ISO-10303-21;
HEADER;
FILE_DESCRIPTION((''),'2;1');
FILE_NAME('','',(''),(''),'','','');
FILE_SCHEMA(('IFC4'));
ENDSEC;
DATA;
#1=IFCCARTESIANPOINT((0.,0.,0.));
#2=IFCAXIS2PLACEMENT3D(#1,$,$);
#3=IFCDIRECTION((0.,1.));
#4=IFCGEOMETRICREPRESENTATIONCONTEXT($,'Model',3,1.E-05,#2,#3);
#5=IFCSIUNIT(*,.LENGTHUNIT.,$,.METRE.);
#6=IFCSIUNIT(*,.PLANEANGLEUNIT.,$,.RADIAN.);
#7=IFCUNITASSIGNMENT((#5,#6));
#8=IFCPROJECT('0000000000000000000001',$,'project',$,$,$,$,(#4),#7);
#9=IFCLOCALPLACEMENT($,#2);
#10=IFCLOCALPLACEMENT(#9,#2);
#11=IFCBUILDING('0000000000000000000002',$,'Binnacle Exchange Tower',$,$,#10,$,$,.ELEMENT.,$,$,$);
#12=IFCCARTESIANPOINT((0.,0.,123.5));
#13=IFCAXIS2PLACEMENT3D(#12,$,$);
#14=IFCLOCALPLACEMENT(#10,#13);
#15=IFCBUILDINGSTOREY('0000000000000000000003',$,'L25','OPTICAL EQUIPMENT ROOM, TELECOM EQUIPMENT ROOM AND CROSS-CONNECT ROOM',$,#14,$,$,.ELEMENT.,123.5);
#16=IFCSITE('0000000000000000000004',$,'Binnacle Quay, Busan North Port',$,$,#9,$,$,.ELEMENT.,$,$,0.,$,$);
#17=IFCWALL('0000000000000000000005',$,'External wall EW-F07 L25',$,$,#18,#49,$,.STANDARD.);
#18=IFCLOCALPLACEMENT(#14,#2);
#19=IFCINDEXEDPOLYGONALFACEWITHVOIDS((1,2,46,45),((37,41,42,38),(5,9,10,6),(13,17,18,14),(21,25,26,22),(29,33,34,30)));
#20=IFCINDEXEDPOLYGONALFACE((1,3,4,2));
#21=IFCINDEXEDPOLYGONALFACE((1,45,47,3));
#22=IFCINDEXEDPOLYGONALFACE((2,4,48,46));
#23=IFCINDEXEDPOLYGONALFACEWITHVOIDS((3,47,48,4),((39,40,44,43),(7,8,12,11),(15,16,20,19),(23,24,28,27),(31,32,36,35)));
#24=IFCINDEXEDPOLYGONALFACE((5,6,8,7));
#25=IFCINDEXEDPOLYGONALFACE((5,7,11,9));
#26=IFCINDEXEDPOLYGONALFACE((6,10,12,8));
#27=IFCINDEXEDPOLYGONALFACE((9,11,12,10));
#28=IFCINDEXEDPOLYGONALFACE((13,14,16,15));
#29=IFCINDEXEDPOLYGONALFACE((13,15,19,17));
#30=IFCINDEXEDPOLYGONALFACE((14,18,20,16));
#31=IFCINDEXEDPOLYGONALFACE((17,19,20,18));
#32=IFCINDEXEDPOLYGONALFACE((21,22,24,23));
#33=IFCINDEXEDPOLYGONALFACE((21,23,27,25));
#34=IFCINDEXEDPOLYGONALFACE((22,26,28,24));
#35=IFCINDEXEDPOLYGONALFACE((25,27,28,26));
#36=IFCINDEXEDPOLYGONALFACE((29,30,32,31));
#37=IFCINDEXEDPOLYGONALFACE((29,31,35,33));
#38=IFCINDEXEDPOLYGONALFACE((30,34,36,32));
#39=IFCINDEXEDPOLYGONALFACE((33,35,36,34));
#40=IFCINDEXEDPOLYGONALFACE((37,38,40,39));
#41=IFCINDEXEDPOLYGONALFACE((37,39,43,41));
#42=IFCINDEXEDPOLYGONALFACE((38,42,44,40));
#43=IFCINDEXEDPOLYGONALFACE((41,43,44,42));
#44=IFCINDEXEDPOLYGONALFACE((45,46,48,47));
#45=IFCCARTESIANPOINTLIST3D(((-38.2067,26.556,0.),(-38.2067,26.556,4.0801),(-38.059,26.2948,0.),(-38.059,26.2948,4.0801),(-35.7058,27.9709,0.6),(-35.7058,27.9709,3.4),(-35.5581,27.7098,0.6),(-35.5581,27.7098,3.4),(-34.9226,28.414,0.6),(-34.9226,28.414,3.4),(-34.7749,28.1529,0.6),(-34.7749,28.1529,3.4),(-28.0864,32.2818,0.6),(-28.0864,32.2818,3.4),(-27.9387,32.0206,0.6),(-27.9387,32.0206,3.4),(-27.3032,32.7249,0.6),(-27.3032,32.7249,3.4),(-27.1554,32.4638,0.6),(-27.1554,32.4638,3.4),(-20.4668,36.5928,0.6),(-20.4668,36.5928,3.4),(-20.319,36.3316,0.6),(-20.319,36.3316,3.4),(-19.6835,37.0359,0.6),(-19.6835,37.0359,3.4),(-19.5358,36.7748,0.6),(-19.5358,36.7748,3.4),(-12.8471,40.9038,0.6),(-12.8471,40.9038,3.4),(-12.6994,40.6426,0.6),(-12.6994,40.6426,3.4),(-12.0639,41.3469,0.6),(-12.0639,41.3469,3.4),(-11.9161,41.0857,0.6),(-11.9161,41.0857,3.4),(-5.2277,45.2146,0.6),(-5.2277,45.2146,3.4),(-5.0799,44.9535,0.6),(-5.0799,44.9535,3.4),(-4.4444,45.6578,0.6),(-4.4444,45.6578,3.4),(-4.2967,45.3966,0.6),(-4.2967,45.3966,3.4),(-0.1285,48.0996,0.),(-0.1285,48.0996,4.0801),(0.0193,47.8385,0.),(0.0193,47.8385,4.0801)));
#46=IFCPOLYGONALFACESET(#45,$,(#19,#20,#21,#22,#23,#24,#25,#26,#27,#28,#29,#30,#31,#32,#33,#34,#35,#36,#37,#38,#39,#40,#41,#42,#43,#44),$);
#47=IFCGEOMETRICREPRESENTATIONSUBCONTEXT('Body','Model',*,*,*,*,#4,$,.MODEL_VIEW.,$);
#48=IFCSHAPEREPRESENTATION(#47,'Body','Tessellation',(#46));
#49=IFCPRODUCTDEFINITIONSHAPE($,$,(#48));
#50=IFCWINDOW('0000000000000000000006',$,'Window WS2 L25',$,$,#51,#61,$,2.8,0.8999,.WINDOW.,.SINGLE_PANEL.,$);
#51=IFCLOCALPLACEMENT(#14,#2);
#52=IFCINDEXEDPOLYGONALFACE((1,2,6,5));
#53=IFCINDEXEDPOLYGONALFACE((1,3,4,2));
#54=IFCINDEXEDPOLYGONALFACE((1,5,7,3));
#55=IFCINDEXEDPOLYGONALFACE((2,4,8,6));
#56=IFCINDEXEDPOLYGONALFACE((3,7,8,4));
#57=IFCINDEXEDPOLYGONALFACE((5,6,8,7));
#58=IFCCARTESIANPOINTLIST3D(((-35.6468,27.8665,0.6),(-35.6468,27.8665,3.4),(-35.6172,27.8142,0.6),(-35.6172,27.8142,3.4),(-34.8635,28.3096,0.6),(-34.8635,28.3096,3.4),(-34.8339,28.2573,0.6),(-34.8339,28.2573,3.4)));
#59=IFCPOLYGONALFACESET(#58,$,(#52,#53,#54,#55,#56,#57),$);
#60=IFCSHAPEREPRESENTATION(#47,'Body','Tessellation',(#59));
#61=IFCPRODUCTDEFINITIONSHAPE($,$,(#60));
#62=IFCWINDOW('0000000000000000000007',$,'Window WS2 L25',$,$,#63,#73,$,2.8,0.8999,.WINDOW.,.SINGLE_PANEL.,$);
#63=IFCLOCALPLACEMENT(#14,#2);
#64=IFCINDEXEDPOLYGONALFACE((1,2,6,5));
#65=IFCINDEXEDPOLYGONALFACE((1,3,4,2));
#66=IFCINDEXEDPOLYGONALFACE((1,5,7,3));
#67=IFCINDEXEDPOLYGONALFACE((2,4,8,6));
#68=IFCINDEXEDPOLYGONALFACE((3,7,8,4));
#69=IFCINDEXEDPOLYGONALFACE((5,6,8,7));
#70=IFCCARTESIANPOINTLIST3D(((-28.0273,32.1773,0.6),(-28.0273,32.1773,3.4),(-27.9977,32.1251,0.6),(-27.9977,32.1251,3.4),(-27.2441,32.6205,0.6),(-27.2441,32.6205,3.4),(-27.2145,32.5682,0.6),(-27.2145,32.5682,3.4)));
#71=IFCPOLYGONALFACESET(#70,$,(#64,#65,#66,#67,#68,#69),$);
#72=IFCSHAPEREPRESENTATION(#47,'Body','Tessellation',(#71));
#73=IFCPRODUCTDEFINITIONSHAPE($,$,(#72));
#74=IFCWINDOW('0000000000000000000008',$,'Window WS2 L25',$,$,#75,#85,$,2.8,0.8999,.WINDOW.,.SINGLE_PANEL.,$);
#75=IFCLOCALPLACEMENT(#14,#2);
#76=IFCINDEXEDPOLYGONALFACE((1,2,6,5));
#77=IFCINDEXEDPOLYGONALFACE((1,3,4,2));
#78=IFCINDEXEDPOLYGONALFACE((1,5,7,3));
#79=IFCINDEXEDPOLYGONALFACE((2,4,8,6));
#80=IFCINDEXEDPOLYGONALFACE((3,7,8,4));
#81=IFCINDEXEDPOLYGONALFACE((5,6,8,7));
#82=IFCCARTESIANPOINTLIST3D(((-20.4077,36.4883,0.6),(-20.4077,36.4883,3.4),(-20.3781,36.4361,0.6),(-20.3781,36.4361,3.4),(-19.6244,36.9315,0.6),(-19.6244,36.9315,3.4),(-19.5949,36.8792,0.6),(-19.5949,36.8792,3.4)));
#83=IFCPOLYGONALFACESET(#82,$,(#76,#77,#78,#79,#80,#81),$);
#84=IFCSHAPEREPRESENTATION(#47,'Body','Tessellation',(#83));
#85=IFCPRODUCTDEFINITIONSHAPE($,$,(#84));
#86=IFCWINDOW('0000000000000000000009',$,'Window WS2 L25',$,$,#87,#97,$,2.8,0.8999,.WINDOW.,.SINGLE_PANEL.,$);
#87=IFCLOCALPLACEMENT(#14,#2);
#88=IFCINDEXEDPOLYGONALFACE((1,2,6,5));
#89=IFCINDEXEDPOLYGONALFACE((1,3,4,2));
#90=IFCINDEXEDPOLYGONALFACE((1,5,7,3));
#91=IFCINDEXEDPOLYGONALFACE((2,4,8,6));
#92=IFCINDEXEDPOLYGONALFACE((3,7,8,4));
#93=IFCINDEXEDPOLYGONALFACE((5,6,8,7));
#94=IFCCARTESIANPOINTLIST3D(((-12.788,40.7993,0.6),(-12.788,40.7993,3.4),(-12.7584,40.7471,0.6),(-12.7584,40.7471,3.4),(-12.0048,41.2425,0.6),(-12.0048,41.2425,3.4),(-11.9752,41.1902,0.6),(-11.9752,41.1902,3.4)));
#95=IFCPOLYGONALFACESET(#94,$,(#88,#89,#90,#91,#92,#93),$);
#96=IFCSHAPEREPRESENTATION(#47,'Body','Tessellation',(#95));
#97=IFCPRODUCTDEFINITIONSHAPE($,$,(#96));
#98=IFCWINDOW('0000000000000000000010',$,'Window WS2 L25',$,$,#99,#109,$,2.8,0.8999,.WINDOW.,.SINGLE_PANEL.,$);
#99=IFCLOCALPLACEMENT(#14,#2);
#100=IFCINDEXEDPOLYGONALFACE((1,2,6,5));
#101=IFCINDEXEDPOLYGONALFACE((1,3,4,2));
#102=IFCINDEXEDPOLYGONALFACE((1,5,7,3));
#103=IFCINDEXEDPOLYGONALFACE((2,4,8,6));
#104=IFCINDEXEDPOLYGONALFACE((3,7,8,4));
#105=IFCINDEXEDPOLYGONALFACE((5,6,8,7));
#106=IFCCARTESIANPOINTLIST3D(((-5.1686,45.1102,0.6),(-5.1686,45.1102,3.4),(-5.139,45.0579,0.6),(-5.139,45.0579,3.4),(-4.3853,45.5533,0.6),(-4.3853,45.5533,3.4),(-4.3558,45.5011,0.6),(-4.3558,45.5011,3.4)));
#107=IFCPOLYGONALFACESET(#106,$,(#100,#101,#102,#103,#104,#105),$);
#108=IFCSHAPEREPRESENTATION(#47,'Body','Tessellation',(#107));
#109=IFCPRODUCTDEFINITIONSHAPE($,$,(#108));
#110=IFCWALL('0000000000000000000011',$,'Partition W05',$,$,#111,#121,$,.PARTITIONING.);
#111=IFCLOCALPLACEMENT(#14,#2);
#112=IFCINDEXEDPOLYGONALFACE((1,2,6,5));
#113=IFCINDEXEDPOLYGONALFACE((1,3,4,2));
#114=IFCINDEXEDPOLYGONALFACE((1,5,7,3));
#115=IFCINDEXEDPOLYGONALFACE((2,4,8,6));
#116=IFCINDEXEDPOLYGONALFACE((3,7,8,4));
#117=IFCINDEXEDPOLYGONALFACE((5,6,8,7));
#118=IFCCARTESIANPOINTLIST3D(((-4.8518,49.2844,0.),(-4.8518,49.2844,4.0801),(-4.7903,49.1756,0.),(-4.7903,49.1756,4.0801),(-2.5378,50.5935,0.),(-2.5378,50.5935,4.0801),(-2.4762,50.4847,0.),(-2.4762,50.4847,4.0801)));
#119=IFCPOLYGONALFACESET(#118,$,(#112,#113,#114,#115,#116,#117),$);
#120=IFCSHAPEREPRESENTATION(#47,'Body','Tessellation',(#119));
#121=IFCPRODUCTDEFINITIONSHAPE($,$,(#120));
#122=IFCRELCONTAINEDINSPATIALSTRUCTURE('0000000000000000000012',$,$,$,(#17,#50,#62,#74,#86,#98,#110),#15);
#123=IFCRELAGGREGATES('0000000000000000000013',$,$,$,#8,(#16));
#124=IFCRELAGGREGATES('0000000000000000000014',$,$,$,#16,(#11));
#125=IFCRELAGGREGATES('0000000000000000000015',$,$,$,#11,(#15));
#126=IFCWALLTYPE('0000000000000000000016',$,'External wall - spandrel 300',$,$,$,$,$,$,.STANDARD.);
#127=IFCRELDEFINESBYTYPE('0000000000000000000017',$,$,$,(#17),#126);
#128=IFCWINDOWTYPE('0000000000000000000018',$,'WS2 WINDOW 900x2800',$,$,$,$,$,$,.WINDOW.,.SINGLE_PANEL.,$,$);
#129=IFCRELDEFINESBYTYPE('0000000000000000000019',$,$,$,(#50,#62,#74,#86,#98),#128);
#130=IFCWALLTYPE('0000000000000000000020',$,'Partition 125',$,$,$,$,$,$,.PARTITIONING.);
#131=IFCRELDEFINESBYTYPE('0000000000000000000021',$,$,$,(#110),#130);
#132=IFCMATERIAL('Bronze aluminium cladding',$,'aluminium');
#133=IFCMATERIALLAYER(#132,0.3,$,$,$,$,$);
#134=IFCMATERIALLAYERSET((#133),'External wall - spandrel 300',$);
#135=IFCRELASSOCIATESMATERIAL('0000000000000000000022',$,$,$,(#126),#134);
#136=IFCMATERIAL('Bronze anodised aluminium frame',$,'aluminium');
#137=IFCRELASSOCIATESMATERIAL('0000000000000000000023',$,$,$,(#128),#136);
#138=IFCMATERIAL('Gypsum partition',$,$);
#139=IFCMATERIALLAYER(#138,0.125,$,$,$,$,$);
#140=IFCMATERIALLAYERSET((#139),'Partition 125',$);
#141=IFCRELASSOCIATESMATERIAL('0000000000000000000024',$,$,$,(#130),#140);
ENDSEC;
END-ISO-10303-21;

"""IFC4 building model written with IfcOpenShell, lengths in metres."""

from ifc_helpers import new_model, si_unit, direction, frame, frame_2d, origin, place, context, subcontext, project, spatial, rectangle, extrude, material, layer, layer_set, type_object, element, fill, save


model = new_model("IFC4")

# Units and contexts
model_context = context("Model", 3, precision=1e-05, world=origin(), true_north=direction((0.0, 1.0)))
body_context = subcontext(model_context, "Body", "Model", "MODEL_VIEW")
ifc_project = project(units=[si_unit("LENGTHUNIT", "METRE"), si_unit("PLANEANGLEUNIT", "RADIAN")], contexts=[model_context])

# Site, building, storey
site_placement = place(None, origin())
site = spatial("IfcSite", under=ifc_project, at=site_placement, Name="Binnacle Quay, Busan North Port", CompositionType="ELEMENT", RefElevation=0.0)
building_placement = place(site_placement, origin())
building = spatial("IfcBuilding", under=site, at=building_placement, Name="Binnacle Exchange Tower", CompositionType="ELEMENT")
storey_placement = place(building_placement, frame((0.0, 0.0, 123.5)))
storey = spatial("IfcBuildingStorey", under=building, at=storey_placement, Name="L25", Description="OPTICAL EQUIPMENT ROOM, TELECOM EQUIPMENT ROOM AND CROSS-CONNECT ROOM", CompositionType="ELEMENT", Elevation=123.5)

# Wall, openings, windows
ifc_material_1 = material(Name="Bronze aluminium cladding", Category="aluminium")
ifc_layer_1 = layer(ifc_material_1, 0.3)
ifc_layer_set_1 = layer_set([ifc_layer_1], Name="External wall - spandrel 300")
wall_type_1 = type_object("IfcWallType", Name="External wall - spandrel 300", PredefinedType="STANDARD", material=ifc_layer_set_1)
wall_1_placement = place(storey_placement, frame((-0.0547, 47.969, 0.0), z_axis=(0.0, 0.0, 1.0), x_axis=(-0.870356, -0.492423, 0.0)))
wall_1 = element("IfcWall", 1, at=wall_1_placement, inside=storey, type_object=wall_type_1, Name="External wall EW-F07 L25", PredefinedType="STANDARD", context=body_context, shape_type="SweptSolid", body=[
    extrude(rectangle(XDim=43.7502, YDim=0.3, at=frame_2d((21.875, 0.0))), origin(), (0.0, 0.0, 1.0), 4.0801),
])
opening_1_placement = place(wall_1_placement, frame((39.9768, 0.0, 0.6001)))
opening_1 = element("IfcOpeningElement", 2, at=opening_1_placement, cuts=wall_1, PredefinedType="OPENING", context=body_context, shape_type="SweptSolid", body=[
    extrude(rectangle(XDim=0.8999, YDim=2.8, at=frame_2d((0.45, 1.3999))), frame((0.0, 0.1599, 0.0), z_axis=(0.0, -1.0, 0.0), x_axis=(1.0, 0.0, 0.0)), (0.0, 0.0, 1.0), 0.3201),
])
opening_2_placement = place(wall_1_placement, frame((31.2224, 0.0, 0.6001)))
opening_2 = element("IfcOpeningElement", 3, at=opening_2_placement, cuts=wall_1, PredefinedType="OPENING", context=body_context, shape_type="SweptSolid", body=[
    extrude(rectangle(XDim=0.8999, YDim=2.8, at=frame_2d((0.45, 1.3999))), frame((0.0, 0.1599, 0.0), z_axis=(0.0, -1.0, 0.0), x_axis=(1.0, 0.0, 0.0)), (0.0, 0.0, 1.0), 0.3201),
])
opening_3_placement = place(wall_1_placement, frame((22.4678, 0.0, 0.6001)))
opening_3 = element("IfcOpeningElement", 4, at=opening_3_placement, cuts=wall_1, PredefinedType="OPENING", context=body_context, shape_type="SweptSolid", body=[
    extrude(rectangle(XDim=0.8999, YDim=2.8, at=frame_2d((0.45, 1.3999))), frame((0.0, 0.1599, 0.0), z_axis=(0.0, -1.0, 0.0), x_axis=(1.0, 0.0, 0.0)), (0.0, 0.0, 1.0), 0.3201),
])
opening_4_placement = place(wall_1_placement, frame((13.7131, 0.0, 0.6001)))
opening_4 = element("IfcOpeningElement", 5, at=opening_4_placement, cuts=wall_1, PredefinedType="OPENING", context=body_context, shape_type="SweptSolid", body=[
    extrude(rectangle(XDim=0.8999, YDim=2.8, at=frame_2d((0.45, 1.3999))), frame((0.0, 0.1599, 0.0), z_axis=(0.0, -1.0, 0.0), x_axis=(1.0, 0.0, 0.0)), (0.0, 0.0, 1.0), 0.3201),
])
opening_5_placement = place(wall_1_placement, frame((4.9587, 0.0, 0.6001)))
opening_5 = element("IfcOpeningElement", 6, at=opening_5_placement, cuts=wall_1, PredefinedType="OPENING", context=body_context, shape_type="SweptSolid", body=[
    extrude(rectangle(XDim=0.8999, YDim=2.8, at=frame_2d((0.45, 1.3999))), frame((0.0, 0.1599, 0.0), z_axis=(0.0, -1.0, 0.0), x_axis=(1.0, 0.0, 0.0)), (0.0, 0.0, 1.0), 0.3201),
])
ifc_material_2 = material(Name="Bronze anodised aluminium frame", Category="aluminium")
window_type = type_object("IfcWindowType", Name="WS2 WINDOW 900x2800", PartitioningType="SINGLE_PANEL", PredefinedType="WINDOW", material=ifc_material_2)
window_1_placement = place(opening_1_placement, origin())
window_1 = element("IfcWindow", 7, at=window_1_placement, inside=storey, type_object=window_type, Name="Window WS2 L25", OverallHeight=2.8, OverallWidth=0.8999, PartitioningType="SINGLE_PANEL", PredefinedType="WINDOW", context=body_context, shape_type="SweptSolid", body=[
    extrude(rectangle(XDim=0.8999, YDim=2.8, at=frame_2d((0.45, 1.3999))), frame((0.0, 0.03, 0.0), z_axis=(0.0, -1.0, 0.0), x_axis=(1.0, 0.0, 0.0)), (0.0, 0.0, 1.0), 0.0601),
])
fill(opening_1, window_1)
window_2_placement = place(opening_2_placement, origin())
window_2 = element("IfcWindow", 8, at=window_2_placement, inside=storey, type_object=window_type, Name="Window WS2 L25", OverallHeight=2.8, OverallWidth=0.8999, PartitioningType="SINGLE_PANEL", PredefinedType="WINDOW", context=body_context, shape_type="SweptSolid", body=[
    extrude(rectangle(XDim=0.8999, YDim=2.8, at=frame_2d((0.45, 1.3999))), frame((0.0, 0.03, 0.0), z_axis=(0.0, -1.0, 0.0), x_axis=(1.0, 0.0, 0.0)), (0.0, 0.0, 1.0), 0.0601),
])
fill(opening_2, window_2)
window_3_placement = place(opening_3_placement, origin())
window_3 = element("IfcWindow", 9, at=window_3_placement, inside=storey, type_object=window_type, Name="Window WS2 L25", OverallHeight=2.8, OverallWidth=0.8999, PartitioningType="SINGLE_PANEL", PredefinedType="WINDOW", context=body_context, shape_type="SweptSolid", body=[
    extrude(rectangle(XDim=0.8999, YDim=2.8, at=frame_2d((0.45, 1.3999))), frame((0.0, 0.03, 0.0), z_axis=(0.0, -1.0, 0.0), x_axis=(1.0, 0.0, 0.0)), (0.0, 0.0, 1.0), 0.0601),
])
fill(opening_3, window_3)
window_4_placement = place(opening_4_placement, origin())
window_4 = element("IfcWindow", 10, at=window_4_placement, inside=storey, type_object=window_type, Name="Window WS2 L25", OverallHeight=2.8, OverallWidth=0.8999, PartitioningType="SINGLE_PANEL", PredefinedType="WINDOW", context=body_context, shape_type="SweptSolid", body=[
    extrude(rectangle(XDim=0.8999, YDim=2.8, at=frame_2d((0.45, 1.3999))), frame((0.0, 0.03, 0.0), z_axis=(0.0, -1.0, 0.0), x_axis=(1.0, 0.0, 0.0)), (0.0, 0.0, 1.0), 0.0601),
])
fill(opening_4, window_4)
window_5_placement = place(opening_5_placement, origin())
window_5 = element("IfcWindow", 11, at=window_5_placement, inside=storey, type_object=window_type, Name="Window WS2 L25", OverallHeight=2.8, OverallWidth=0.8999, PartitioningType="SINGLE_PANEL", PredefinedType="WINDOW", context=body_context, shape_type="SweptSolid", body=[
    extrude(rectangle(XDim=0.8999, YDim=2.8, at=frame_2d((0.45, 1.3999))), frame((0.0, 0.03, 0.0), z_axis=(0.0, -1.0, 0.0), x_axis=(1.0, 0.0, 0.0)), (0.0, 0.0, 1.0), 0.0601),
])
fill(opening_5, window_5)

# Wall
ifc_material_3 = material(Name="Gypsum partition")
ifc_layer_2 = layer(ifc_material_3, 0.125)
ifc_layer_set_2 = layer_set([ifc_layer_2], Name="Partition 125")
wall_type_2 = type_object("IfcWallType", Name="Partition 125", PredefinedType="PARTITIONING", material=ifc_layer_set_2)
wall_2_placement = place(storey_placement, frame((-4.821, 49.23, 0.0), z_axis=(0.0, 0.0, 1.0), x_axis=(0.870371, 0.492396, 0.0)))
element("IfcWall", 12, at=wall_2_placement, inside=storey, type_object=wall_type_2, Name="Partition W05", PredefinedType="PARTITIONING", context=body_context, shape_type="SweptSolid", body=[
    extrude(rectangle(XDim=2.6587, YDim=0.125, at=frame_2d((1.3293, 0.0))), origin(), (0.0, 0.0, 1.0), 4.0801),
])

save(model, "model.ifc")
